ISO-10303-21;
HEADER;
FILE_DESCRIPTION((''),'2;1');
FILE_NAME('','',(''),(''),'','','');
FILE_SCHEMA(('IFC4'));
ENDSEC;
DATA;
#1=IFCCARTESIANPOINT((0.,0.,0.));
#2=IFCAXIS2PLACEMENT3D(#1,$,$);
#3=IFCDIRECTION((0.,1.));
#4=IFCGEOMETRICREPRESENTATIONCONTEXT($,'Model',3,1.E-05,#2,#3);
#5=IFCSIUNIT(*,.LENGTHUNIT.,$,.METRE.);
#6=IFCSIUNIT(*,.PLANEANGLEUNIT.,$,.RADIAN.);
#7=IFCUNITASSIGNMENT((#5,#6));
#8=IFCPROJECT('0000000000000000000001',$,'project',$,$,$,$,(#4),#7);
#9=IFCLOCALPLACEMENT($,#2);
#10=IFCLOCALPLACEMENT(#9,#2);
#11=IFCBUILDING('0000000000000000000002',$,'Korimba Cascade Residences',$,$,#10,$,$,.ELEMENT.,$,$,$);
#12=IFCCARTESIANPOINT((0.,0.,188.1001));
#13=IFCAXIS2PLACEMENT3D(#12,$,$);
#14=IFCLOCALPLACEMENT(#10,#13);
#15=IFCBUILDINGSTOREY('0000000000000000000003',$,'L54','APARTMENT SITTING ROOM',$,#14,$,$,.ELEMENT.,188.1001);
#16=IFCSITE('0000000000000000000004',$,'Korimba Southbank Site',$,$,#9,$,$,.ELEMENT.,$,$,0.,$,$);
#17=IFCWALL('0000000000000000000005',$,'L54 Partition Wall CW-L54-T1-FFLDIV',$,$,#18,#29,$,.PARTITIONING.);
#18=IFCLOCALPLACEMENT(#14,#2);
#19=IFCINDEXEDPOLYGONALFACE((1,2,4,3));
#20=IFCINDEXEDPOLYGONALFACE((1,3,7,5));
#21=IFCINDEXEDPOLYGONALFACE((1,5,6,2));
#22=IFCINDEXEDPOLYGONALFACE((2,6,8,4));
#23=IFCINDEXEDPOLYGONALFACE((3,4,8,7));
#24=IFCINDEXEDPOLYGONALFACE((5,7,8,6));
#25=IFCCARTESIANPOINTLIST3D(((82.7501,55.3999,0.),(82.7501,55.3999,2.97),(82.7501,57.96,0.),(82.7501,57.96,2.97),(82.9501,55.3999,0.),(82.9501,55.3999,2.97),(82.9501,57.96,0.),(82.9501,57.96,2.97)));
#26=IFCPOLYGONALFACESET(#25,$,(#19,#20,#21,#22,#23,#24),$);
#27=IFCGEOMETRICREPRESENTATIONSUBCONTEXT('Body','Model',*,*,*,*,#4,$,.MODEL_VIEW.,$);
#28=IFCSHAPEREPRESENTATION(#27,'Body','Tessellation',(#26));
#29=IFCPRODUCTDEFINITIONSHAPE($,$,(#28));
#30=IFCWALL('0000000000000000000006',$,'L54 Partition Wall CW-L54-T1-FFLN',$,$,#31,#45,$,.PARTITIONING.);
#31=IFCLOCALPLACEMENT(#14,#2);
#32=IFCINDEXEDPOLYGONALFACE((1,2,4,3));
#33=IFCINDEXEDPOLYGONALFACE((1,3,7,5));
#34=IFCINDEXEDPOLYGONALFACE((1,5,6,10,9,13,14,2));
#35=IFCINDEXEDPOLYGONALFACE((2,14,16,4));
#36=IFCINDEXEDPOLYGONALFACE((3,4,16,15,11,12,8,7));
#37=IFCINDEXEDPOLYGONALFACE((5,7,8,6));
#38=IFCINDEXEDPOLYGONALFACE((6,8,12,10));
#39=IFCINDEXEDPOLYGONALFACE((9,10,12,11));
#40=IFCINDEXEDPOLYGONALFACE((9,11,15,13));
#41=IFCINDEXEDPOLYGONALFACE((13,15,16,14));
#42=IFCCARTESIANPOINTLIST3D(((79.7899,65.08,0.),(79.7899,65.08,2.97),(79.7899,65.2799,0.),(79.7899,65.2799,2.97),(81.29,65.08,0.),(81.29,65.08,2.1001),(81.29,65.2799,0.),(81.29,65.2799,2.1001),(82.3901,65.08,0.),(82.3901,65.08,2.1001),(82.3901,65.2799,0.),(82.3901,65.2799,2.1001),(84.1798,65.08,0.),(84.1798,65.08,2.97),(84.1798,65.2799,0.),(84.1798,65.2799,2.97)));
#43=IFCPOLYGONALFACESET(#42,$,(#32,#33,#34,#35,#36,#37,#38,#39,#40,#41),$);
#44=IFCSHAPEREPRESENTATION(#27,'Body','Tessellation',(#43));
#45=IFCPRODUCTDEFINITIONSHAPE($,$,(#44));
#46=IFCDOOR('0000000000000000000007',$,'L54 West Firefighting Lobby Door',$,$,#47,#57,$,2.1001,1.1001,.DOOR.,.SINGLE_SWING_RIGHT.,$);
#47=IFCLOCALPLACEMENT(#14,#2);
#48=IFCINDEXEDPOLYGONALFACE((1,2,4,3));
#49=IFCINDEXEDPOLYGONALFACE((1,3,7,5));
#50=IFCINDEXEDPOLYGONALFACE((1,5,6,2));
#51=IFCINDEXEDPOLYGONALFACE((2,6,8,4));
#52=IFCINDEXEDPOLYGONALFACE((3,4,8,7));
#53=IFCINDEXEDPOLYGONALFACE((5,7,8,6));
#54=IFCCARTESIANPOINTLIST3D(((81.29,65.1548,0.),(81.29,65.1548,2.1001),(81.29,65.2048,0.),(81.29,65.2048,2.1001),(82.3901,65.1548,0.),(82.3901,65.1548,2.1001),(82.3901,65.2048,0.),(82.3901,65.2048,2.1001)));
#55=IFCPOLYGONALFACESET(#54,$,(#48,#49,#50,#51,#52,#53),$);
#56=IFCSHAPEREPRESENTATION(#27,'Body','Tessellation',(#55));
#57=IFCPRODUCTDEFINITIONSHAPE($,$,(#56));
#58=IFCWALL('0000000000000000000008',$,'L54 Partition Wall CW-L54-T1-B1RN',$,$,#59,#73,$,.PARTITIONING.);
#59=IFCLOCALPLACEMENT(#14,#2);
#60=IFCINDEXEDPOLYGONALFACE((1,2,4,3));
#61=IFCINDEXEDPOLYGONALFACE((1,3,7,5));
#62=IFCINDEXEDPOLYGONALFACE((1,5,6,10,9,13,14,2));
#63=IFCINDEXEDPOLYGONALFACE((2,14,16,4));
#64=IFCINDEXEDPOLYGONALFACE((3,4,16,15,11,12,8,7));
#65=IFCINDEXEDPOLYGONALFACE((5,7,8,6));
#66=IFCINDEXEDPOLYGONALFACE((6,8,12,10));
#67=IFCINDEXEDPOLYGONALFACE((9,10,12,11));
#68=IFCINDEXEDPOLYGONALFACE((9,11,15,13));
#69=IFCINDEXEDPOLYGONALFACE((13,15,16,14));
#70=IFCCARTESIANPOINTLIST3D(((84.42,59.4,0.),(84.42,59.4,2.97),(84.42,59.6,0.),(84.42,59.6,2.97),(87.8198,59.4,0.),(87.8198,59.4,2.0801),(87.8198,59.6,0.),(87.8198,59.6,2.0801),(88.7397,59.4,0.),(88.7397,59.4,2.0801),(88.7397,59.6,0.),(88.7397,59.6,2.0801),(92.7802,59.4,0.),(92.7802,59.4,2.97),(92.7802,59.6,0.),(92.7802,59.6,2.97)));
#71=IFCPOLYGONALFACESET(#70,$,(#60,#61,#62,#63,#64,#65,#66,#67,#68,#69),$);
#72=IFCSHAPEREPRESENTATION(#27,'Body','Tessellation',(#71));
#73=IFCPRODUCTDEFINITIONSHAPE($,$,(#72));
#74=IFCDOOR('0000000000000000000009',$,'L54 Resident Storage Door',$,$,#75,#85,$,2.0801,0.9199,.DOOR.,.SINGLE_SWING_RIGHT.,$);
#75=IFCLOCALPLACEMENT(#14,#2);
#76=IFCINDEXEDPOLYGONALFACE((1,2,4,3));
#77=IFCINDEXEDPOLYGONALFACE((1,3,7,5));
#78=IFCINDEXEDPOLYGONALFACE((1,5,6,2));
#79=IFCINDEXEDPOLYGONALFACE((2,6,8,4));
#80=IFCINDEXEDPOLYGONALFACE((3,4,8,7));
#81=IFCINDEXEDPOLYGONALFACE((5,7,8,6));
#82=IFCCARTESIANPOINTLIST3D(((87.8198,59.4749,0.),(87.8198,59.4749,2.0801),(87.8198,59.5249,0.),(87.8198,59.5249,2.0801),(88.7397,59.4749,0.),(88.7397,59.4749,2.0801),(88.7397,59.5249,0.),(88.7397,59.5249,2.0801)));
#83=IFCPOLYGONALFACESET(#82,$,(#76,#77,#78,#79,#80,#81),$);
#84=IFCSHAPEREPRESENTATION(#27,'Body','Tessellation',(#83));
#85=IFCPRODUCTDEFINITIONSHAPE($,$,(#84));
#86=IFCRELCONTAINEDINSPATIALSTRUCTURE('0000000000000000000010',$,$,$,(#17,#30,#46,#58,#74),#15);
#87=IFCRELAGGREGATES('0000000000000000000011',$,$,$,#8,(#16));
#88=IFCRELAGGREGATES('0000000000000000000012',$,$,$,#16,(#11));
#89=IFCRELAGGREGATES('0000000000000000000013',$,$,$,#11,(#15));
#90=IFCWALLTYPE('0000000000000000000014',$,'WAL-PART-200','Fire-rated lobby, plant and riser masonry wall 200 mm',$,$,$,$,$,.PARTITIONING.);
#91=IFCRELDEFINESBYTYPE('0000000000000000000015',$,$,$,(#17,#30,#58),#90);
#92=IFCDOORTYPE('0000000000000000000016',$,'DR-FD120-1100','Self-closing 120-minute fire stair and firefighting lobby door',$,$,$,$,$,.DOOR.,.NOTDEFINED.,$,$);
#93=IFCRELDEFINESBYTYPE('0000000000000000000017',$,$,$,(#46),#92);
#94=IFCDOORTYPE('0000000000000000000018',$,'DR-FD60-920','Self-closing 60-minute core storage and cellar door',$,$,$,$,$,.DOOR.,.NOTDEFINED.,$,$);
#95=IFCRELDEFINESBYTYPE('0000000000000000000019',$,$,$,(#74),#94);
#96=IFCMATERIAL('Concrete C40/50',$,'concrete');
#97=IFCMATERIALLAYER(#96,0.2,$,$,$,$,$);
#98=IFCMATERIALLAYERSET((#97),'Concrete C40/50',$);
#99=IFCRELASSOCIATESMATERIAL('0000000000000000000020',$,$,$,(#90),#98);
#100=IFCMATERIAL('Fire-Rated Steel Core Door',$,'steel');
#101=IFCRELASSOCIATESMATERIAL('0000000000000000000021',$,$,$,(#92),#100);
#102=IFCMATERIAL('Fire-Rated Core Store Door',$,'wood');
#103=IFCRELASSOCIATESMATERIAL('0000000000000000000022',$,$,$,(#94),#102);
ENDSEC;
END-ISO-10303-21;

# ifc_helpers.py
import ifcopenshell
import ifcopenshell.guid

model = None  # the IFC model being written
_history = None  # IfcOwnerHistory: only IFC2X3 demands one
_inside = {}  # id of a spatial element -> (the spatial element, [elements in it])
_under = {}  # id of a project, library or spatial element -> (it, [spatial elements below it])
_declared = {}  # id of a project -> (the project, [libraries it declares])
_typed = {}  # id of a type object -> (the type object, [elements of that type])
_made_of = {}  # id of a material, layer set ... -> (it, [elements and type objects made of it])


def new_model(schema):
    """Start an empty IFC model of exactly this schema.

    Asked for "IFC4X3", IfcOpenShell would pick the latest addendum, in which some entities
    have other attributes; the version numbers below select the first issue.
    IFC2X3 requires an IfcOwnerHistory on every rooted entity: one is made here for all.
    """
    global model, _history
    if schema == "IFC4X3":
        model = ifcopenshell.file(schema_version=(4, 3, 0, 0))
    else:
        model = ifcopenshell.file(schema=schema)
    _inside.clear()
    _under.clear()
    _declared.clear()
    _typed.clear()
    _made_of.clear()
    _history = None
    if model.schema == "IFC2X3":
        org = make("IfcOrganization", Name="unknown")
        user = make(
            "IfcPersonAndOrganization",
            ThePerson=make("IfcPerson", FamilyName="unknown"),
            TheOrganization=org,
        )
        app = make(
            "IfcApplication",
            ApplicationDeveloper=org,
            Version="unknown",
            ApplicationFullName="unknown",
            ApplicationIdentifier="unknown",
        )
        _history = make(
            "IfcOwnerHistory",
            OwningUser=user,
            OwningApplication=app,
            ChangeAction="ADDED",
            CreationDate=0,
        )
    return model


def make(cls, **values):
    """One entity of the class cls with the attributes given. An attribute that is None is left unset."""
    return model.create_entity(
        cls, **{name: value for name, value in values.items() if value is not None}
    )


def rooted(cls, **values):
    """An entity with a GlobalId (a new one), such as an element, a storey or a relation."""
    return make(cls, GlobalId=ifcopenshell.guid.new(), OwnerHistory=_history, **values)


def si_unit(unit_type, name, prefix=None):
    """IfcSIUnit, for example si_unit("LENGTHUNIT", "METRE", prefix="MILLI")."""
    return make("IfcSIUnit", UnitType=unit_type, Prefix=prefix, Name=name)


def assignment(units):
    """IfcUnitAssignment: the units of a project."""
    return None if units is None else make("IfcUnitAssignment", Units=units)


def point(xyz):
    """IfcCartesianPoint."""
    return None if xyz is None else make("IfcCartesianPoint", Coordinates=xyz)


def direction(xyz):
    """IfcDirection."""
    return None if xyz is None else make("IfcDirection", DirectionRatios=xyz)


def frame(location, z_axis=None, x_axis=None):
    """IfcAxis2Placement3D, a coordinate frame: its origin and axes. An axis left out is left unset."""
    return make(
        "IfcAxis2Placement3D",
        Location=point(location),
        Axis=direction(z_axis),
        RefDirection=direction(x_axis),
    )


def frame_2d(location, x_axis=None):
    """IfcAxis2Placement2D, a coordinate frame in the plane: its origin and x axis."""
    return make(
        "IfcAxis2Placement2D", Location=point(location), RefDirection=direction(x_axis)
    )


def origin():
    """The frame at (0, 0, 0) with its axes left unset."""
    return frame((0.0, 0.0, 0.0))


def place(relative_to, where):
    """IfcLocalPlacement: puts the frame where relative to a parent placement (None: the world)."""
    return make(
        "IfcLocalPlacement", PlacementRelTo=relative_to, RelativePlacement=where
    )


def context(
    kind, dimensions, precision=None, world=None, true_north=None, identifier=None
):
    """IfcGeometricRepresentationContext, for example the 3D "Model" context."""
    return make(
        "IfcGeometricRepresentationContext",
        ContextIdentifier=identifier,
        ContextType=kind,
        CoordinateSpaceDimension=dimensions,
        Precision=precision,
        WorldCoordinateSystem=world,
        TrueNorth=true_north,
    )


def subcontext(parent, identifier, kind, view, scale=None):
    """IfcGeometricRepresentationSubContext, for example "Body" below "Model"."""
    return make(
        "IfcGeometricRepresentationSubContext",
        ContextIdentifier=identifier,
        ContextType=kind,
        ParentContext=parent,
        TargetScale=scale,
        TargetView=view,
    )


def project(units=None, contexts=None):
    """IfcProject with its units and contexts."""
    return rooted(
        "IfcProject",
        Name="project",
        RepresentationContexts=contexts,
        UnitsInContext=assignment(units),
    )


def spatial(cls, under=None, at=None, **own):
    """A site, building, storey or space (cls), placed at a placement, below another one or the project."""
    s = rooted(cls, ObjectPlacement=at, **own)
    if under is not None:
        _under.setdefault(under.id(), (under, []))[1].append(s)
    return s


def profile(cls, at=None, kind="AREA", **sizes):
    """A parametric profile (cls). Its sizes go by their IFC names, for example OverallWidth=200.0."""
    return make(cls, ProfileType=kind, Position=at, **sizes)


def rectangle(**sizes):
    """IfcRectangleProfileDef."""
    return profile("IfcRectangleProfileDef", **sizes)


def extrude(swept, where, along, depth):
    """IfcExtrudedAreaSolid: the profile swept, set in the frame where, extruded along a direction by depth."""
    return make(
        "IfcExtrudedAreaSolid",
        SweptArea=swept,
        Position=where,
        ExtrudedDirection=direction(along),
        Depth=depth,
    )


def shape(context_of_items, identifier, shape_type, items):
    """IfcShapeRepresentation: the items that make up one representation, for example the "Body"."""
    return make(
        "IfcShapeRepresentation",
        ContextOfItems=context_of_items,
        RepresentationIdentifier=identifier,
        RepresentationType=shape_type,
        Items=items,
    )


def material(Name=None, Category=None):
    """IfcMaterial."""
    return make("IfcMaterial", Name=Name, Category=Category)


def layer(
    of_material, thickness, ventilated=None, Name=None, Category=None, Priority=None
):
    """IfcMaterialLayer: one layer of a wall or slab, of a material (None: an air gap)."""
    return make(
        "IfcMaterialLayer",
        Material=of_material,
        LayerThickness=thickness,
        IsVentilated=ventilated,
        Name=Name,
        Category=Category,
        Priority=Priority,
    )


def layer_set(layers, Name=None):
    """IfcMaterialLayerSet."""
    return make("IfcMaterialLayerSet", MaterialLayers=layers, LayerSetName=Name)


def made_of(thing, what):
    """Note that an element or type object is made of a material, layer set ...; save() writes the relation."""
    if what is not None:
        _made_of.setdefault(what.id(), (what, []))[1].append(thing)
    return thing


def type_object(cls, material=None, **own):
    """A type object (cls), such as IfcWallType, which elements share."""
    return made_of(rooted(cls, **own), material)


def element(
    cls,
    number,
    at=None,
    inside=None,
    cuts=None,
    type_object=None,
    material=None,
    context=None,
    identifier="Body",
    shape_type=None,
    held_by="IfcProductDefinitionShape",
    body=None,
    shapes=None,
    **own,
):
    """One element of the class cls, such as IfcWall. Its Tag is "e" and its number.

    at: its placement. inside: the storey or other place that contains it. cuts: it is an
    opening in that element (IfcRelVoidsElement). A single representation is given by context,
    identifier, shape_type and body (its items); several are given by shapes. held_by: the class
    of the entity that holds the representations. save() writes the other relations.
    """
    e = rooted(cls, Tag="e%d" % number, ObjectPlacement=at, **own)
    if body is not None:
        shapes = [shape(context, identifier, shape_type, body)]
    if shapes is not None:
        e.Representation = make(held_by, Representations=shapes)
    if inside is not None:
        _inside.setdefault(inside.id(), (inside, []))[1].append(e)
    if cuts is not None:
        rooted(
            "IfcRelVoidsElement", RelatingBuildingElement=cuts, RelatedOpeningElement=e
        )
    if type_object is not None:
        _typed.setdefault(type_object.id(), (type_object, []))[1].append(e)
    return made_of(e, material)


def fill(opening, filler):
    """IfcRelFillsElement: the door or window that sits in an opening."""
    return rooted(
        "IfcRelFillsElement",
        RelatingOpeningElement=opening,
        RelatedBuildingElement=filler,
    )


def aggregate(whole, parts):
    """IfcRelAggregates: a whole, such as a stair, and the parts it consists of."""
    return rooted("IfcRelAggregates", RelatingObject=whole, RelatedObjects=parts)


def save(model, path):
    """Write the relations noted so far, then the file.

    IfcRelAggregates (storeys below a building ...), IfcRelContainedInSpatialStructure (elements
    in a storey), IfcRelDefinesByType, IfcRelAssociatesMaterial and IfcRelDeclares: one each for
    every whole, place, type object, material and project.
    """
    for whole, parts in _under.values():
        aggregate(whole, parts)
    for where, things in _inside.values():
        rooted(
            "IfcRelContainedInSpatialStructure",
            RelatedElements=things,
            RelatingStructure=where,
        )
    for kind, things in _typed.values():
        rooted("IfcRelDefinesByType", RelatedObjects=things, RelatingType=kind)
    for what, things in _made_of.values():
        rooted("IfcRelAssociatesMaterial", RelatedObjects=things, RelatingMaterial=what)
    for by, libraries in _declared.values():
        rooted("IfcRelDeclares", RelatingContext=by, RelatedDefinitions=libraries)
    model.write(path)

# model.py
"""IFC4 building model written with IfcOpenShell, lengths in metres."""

from ifc_helpers import new_model, si_unit, direction, frame, frame_2d, origin, place, context, subcontext, project, spatial, rectangle, extrude, material, layer, layer_set, type_object, element, fill, save


model = new_model("IFC4")

# Units and contexts
model_context = context("Model", 3, precision=1e-05, world=origin(), true_north=direction((0.0, 1.0)))
body_context = subcontext(model_context, "Body", "Model", "MODEL_VIEW")
ifc_project = project(units=[si_unit("LENGTHUNIT", "METRE"), si_unit("PLANEANGLEUNIT", "RADIAN")], contexts=[model_context])

# Site, building, storey
site_placement = place(None, origin())
site = spatial("IfcSite", under=ifc_project, at=site_placement, Name="Korimba Southbank Site", CompositionType="ELEMENT", RefElevation=0.0)
building_placement = place(site_placement, origin())
building = spatial("IfcBuilding", under=site, at=building_placement, Name="Korimba Cascade Residences", CompositionType="ELEMENT")
storey_placement = place(building_placement, frame((0.0, 0.0, 188.1001)))
storey = spatial("IfcBuildingStorey", under=building, at=storey_placement, Name="L54", Description="APARTMENT SITTING ROOM", CompositionType="ELEMENT", Elevation=188.1001)

# Wall
ifc_material_1 = material(Name="Concrete C40/50", Category="concrete")
ifc_layer_1 = layer(ifc_material_1, 0.2)
ifc_layer_set_1 = layer_set([ifc_layer_1], Name="Concrete C40/50")
wall_type_1 = type_object("IfcWallType", Name="WAL-PART-200", Description="Fire-rated lobby, plant and riser masonry wall 200 mm", PredefinedType="PARTITIONING", material=ifc_layer_set_1)
wall_1_placement = place(storey_placement, frame((82.8501, 55.3999, 0.0), z_axis=(0.0, 0.0, 1.0), x_axis=(0.0, 1.0, 0.0)))
element("IfcWall", 1, at=wall_1_placement, inside=storey, type_object=wall_type_1, Name="L54 Partition Wall CW-L54-T1-FFLDIV", PredefinedType="PARTITIONING", context=body_context, shape_type="SweptSolid", body=[
    extrude(rectangle(XDim=2.5601, YDim=0.2, at=frame_2d((1.28, 0.0))), origin(), (0.0, 0.0, 1.0), 2.97),
])

# Walls, openings, doors
wall_2_placement = place(storey_placement, frame((79.79, 65.1799, 0.0), z_axis=(0.0, 0.0, 1.0), x_axis=(1.0, 0.0, 0.0)))
wall_2 = element("IfcWall", 2, at=wall_2_placement, inside=storey, type_object=wall_type_1, Name="L54 Partition Wall CW-L54-T1-FFLN", PredefinedType="PARTITIONING", context=body_context, shape_type="SweptSolid", body=[
    extrude(rectangle(XDim=4.3899, YDim=0.2, at=frame_2d((2.1948, 0.0))), origin(), (0.0, 0.0, 1.0), 2.97),
])
opening_1_placement = place(wall_2_placement, frame((1.5, 0.0, 0.0)))
opening_1 = element("IfcOpeningElement", 3, at=opening_1_placement, cuts=wall_2, PredefinedType="OPENING", context=body_context, shape_type="SweptSolid", body=[
    extrude(rectangle(XDim=1.1001, YDim=2.1001, at=frame_2d((0.55, 1.05))), frame((0.0, 0.1099, 0.0), z_axis=(0.0, -1.0, 0.0), x_axis=(1.0, 0.0, 0.0)), (0.0, 0.0, 1.0), 0.22),
])
ifc_material_2 = material(Name="Fire-Rated Steel Core Door", Category="steel")
door_type_1 = type_object("IfcDoorType", Name="DR-FD120-1100", Description="Self-closing 120-minute fire stair and firefighting lobby door", OperationType="NOTDEFINED", PredefinedType="DOOR", material=ifc_material_2)
door_1_placement = place(opening_1_placement, origin())
door_1 = element("IfcDoor", 4, at=door_1_placement, inside=storey, type_object=door_type_1, Name="L54 West Firefighting Lobby Door", OperationType="SINGLE_SWING_RIGHT", OverallHeight=2.1001, OverallWidth=1.1001, PredefinedType="DOOR", context=body_context, shape_type="SweptSolid", body=[
    extrude(rectangle(XDim=1.1001, YDim=2.1001, at=frame_2d((0.55, 1.05))), frame((0.0, 0.0249, 0.0), z_axis=(0.0, -1.0, 0.0), x_axis=(1.0, 0.0, 0.0)), (0.0, 0.0, 1.0), 0.05),
])
fill(opening_1, door_1)
wall_3_placement = place(storey_placement, frame((84.4199, 59.5, 0.0), z_axis=(0.0, 0.0, 1.0), x_axis=(1.0, 0.0, 0.0)))
wall_3 = element("IfcWall", 5, at=wall_3_placement, inside=storey, type_object=wall_type_1, Name="L54 Partition Wall CW-L54-T1-B1RN", PredefinedType="PARTITIONING", context=body_context, shape_type="SweptSolid", body=[
    extrude(rectangle(XDim=8.3601, YDim=0.2, at=frame_2d((4.1802, 0.0))), origin(), (0.0, 0.0, 1.0), 2.97),
])
opening_2_placement = place(wall_3_placement, frame((3.3999, 0.0, 0.0)))
opening_2 = element("IfcOpeningElement", 6, at=opening_2_placement, cuts=wall_3, PredefinedType="OPENING", context=body_context, shape_type="SweptSolid", body=[
    extrude(rectangle(XDim=0.9199, YDim=2.0801, at=frame_2d((0.46, 1.04))), frame((0.0, 0.1099, 0.0), z_axis=(0.0, -1.0, 0.0), x_axis=(1.0, 0.0, 0.0)), (0.0, 0.0, 1.0), 0.22),
])
ifc_material_3 = material(Name="Fire-Rated Core Store Door", Category="wood")
door_type_2 = type_object("IfcDoorType", Name="DR-FD60-920", Description="Self-closing 60-minute core storage and cellar door", OperationType="NOTDEFINED", PredefinedType="DOOR", material=ifc_material_3)
door_2_placement = place(opening_2_placement, origin())
door_2 = element("IfcDoor", 7, at=door_2_placement, inside=storey, type_object=door_type_2, Name="L54 Resident Storage Door", OperationType="SINGLE_SWING_RIGHT", OverallHeight=2.0801, OverallWidth=0.9199, PredefinedType="DOOR", context=body_context, shape_type="SweptSolid", body=[
    extrude(rectangle(XDim=0.9199, YDim=2.0801, at=frame_2d((0.46, 1.04))), frame((0.0, 0.0249, 0.0), z_axis=(0.0, -1.0, 0.0), x_axis=(1.0, 0.0, 0.0)), (0.0, 0.0, 1.0), 0.05),
])
fill(opening_2, door_2)

save(model, "model.ifc")
